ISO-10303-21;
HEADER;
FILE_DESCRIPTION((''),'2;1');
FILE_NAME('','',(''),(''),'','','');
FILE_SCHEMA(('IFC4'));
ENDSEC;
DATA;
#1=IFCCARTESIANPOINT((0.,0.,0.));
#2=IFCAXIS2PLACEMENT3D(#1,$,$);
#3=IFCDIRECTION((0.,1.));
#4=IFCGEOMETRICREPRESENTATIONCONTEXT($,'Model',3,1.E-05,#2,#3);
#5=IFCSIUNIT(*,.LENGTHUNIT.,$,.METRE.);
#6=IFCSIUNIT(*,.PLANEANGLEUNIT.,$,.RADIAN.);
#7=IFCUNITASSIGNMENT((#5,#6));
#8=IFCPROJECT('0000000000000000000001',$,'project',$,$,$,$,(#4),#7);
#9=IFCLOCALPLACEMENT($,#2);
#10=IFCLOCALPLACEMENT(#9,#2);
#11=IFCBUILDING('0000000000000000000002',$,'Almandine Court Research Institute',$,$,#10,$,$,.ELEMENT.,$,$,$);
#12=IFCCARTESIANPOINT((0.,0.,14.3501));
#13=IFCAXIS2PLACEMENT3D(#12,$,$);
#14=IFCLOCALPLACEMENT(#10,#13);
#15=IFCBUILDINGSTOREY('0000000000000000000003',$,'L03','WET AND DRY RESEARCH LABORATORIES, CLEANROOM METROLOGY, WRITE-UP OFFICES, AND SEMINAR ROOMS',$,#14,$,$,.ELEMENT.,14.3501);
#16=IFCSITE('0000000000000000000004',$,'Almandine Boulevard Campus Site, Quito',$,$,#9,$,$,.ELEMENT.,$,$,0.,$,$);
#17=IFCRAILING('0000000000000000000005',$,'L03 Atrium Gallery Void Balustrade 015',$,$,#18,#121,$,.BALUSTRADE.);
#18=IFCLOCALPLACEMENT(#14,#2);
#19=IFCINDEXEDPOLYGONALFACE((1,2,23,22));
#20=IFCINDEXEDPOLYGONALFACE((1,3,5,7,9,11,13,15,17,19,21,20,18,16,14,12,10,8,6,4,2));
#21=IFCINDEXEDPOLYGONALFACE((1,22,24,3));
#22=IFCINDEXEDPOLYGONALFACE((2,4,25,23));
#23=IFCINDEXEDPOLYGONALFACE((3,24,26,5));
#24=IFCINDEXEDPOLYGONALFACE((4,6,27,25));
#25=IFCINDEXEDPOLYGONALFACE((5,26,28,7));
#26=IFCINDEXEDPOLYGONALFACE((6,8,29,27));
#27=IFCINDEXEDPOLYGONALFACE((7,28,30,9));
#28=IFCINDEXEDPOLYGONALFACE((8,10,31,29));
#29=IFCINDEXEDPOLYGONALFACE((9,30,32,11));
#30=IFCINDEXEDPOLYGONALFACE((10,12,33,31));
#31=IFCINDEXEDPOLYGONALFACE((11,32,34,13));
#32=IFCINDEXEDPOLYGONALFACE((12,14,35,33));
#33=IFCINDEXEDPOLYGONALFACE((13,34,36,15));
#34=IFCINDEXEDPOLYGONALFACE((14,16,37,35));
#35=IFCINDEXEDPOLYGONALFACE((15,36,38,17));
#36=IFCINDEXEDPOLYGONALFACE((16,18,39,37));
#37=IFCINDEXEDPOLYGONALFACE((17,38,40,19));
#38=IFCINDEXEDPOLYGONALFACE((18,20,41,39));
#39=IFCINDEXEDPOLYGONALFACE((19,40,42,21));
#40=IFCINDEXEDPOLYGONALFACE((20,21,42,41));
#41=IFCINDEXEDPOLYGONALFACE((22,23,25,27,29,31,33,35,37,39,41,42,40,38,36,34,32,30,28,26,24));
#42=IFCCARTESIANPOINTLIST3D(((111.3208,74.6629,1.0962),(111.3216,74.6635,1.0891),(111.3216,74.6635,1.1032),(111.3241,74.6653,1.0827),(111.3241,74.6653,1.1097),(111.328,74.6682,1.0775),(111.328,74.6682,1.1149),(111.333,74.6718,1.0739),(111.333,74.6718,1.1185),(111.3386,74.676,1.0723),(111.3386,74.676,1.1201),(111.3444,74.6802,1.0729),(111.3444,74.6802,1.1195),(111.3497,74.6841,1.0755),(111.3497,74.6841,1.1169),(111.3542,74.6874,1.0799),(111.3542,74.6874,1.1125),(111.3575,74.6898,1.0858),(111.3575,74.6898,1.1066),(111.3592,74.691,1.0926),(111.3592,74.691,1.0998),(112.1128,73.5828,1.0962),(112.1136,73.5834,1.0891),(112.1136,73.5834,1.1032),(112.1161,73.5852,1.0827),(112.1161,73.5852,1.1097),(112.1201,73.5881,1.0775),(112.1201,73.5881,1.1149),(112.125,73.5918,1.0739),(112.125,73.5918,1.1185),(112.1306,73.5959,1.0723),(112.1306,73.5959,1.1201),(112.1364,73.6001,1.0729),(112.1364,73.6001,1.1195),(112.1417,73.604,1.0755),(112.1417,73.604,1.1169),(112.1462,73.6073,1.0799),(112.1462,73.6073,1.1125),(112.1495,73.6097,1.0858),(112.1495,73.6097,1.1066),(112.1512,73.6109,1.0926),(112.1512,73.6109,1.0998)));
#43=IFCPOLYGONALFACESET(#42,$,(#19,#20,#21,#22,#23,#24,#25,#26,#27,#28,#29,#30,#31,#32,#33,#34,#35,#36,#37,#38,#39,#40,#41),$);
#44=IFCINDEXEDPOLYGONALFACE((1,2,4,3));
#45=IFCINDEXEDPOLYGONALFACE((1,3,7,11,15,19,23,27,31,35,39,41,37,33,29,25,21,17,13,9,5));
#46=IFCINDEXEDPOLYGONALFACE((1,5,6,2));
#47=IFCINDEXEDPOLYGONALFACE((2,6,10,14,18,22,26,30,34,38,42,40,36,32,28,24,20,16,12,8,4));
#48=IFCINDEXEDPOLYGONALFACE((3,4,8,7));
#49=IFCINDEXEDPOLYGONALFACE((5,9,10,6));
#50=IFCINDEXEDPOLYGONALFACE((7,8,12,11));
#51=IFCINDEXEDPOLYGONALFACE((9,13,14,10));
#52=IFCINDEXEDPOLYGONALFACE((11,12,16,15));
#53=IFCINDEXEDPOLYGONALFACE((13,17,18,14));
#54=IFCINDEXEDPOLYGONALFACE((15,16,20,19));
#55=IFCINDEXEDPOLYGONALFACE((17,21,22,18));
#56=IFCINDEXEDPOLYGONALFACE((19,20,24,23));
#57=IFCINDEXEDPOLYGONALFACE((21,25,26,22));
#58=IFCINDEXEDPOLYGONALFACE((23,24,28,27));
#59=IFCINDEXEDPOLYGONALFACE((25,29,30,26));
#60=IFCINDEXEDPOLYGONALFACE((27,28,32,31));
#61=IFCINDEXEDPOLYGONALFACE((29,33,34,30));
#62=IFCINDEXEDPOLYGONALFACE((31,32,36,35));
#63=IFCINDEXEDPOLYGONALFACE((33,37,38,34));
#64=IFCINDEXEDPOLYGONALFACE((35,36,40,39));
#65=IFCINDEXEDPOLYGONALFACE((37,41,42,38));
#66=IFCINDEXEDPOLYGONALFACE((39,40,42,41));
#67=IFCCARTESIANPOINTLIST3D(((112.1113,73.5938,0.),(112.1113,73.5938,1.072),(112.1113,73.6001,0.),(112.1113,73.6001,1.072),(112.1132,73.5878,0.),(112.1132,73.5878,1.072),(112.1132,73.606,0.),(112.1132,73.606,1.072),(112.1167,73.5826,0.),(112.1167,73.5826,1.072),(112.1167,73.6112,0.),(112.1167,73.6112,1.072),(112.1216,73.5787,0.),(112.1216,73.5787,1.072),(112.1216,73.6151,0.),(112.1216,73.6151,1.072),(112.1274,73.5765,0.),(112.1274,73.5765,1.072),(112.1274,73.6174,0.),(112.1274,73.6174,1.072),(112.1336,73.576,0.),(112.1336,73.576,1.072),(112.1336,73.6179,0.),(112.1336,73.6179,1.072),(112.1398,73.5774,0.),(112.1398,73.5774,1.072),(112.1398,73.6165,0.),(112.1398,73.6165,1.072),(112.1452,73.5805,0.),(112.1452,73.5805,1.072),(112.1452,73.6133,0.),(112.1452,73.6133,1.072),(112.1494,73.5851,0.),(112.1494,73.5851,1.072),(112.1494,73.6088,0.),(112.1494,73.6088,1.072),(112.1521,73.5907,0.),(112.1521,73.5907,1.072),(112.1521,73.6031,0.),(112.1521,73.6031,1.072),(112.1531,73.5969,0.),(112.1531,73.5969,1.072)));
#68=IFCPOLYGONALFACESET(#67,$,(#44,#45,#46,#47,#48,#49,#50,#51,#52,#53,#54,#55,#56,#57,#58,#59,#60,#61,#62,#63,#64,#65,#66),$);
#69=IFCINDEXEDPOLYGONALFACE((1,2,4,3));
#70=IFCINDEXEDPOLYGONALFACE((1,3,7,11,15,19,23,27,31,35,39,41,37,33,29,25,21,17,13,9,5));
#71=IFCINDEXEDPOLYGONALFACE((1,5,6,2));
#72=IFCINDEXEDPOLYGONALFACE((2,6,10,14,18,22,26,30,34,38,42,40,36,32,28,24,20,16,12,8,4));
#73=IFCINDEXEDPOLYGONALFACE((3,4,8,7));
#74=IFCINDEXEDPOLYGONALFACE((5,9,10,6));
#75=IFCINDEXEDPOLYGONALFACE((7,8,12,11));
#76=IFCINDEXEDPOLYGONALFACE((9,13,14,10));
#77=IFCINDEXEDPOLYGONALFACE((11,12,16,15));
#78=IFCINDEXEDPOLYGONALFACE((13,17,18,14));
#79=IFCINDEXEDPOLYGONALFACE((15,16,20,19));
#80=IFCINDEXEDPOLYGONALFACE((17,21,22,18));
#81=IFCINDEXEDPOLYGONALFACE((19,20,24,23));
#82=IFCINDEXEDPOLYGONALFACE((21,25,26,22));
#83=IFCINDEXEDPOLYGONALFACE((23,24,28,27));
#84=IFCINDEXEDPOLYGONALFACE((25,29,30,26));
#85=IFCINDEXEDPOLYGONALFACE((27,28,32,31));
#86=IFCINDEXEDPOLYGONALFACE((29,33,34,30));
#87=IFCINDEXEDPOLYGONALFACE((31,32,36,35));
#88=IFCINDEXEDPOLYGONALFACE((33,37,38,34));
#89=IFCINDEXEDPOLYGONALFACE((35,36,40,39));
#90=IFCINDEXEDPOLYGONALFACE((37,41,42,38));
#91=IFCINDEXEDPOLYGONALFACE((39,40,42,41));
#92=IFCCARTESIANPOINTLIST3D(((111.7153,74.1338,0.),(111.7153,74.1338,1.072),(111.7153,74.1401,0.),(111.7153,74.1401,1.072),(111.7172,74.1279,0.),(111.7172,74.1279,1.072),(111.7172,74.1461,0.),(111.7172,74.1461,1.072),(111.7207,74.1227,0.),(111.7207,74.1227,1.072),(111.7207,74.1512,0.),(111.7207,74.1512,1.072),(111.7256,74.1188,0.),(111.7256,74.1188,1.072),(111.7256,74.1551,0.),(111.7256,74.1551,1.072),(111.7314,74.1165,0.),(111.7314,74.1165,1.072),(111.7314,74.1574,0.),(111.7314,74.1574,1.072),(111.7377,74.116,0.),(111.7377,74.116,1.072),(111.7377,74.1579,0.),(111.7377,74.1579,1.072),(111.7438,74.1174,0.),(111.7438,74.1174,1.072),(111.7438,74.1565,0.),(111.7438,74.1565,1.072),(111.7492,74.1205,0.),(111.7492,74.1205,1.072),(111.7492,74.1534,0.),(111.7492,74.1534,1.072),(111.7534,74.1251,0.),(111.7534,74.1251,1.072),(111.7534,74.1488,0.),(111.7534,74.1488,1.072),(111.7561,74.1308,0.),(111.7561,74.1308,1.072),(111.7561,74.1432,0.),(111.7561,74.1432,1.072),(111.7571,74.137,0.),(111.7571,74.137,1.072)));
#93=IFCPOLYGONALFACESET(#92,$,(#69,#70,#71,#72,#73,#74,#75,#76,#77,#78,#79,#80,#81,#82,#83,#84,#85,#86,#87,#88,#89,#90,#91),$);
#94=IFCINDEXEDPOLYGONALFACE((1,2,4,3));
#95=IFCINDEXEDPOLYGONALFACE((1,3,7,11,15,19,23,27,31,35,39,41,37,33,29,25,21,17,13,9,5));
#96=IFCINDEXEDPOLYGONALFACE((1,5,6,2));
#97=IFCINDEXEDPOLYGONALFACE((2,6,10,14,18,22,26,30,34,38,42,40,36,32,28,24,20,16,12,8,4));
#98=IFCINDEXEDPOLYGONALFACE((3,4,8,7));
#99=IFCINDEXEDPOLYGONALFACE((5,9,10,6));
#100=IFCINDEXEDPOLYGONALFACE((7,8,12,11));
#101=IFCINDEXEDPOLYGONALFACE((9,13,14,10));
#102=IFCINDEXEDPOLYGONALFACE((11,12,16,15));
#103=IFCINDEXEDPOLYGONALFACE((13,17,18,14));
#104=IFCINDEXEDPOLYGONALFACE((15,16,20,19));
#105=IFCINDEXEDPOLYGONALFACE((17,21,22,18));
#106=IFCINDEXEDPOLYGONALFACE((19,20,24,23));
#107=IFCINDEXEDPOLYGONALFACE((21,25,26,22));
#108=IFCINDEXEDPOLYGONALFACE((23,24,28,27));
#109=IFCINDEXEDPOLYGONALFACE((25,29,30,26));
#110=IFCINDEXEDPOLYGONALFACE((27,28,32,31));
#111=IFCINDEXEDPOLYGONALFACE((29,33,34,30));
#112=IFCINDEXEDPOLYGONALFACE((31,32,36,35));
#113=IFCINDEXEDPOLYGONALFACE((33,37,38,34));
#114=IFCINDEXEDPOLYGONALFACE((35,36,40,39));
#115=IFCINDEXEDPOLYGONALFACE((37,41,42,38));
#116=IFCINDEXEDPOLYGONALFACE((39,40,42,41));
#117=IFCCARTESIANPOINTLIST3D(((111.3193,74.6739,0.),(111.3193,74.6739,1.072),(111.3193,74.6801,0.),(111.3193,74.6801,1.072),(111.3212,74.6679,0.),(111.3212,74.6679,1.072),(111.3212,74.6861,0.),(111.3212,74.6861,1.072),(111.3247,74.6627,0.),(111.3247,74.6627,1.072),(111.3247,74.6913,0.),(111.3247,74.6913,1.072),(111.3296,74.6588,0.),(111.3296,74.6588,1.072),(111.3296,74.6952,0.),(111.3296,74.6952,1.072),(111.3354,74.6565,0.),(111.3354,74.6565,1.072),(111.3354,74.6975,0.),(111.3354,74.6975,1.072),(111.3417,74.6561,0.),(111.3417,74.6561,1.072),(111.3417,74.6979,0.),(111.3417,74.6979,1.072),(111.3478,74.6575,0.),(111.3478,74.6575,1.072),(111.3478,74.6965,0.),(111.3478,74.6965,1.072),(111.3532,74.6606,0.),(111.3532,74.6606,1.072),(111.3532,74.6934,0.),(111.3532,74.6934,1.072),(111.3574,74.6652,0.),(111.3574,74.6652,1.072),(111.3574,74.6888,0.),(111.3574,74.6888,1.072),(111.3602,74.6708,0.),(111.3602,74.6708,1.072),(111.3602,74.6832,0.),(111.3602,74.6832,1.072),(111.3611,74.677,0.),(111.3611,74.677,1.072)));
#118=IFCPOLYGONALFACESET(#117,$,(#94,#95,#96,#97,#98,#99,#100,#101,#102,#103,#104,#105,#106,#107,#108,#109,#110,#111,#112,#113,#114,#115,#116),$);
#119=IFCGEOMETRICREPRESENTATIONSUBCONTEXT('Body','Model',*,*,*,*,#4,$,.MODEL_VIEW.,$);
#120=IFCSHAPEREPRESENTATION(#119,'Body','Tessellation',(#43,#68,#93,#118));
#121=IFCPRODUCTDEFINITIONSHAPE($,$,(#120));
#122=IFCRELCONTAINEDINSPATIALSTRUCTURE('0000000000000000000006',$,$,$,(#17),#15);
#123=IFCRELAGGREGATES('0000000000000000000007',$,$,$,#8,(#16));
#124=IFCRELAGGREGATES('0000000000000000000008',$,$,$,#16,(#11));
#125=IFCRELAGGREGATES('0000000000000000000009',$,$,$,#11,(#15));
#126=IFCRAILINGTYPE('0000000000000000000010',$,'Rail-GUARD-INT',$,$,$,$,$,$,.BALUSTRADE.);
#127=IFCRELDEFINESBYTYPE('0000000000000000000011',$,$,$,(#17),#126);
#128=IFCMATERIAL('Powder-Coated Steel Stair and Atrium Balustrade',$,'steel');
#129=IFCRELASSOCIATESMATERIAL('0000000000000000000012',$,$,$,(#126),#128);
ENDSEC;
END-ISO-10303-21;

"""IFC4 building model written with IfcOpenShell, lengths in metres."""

from ifc_helpers import new_model, si_unit, direction, frame, origin, origin_2d, place, context, subcontext, project, spatial, circle, extrude, material, type_object, element, save


model = new_model("IFC4")

# Units and contexts
model_context = context("Model", 3, precision=1e-05, world=origin(), true_north=direction((0.0, 1.0)))
body_context = subcontext(model_context, "Body", "Model", "MODEL_VIEW")
ifc_project = project(units=[si_unit("LENGTHUNIT", "METRE"), si_unit("PLANEANGLEUNIT", "RADIAN")], contexts=[model_context])

# Site, building, storey
site_placement = place(None, origin())
site = spatial("IfcSite", under=ifc_project, at=site_placement, Name="Almandine Boulevard Campus Site, Quito", CompositionType="ELEMENT", RefElevation=0.0)
building_placement = place(site_placement, origin())
building = spatial("IfcBuilding", under=site, at=building_placement, Name="Almandine Court Research Institute", CompositionType="ELEMENT")
storey_placement = place(building_placement, frame((0.0, 0.0, 14.3501)))
storey = spatial("IfcBuildingStorey", under=building, at=storey_placement, Name="L03", Description="WET AND DRY RESEARCH LABORATORIES, CLEANROOM METROLOGY, WRITE-UP OFFICES, AND SEMINAR ROOMS", CompositionType="ELEMENT", Elevation=14.3501)

# Railing
ifc_material_1 = material(Name="Powder-Coated Steel Stair and Atrium Balustrade", Category="steel")
railing_type = type_object("IfcRailingType", Name="Rail-GUARD-INT", PredefinedType="BALUSTRADE", material=ifc_material_1)
railing_1_placement = place(storey_placement, frame((112.1321, 73.5969, 0.0)))
element("IfcRailing", 1, at=railing_1_placement, inside=storey, type_object=railing_type, Name="L03 Atrium Gallery Void Balustrade 015", PredefinedType="BALUSTRADE", context=body_context, shape_type="SweptSolid", body=[
    extrude(circle(Radius=0.0239, at=origin_2d()), frame((0.0, 0.0, 1.0962), z_axis=(-0.591332, 0.806428, 0.0), x_axis=(-0.806428, -0.591332, 0.0)), (0.0, 0.0, 1.0), 1.3394),
    extrude(circle(Radius=0.021, at=origin_2d()), origin(), (0.0, 0.0, 1.0), 1.072),
    extrude(circle(Radius=0.021, at=origin_2d()), frame((-0.396, 0.54, 0.0)), (0.0, 0.0, 1.0), 1.072),
    extrude(circle(Radius=0.021, at=origin_2d()), frame((-0.792, 1.0801, 0.0)), (0.0, 0.0, 1.0), 1.072),
])

save(model, "model.ifc")
